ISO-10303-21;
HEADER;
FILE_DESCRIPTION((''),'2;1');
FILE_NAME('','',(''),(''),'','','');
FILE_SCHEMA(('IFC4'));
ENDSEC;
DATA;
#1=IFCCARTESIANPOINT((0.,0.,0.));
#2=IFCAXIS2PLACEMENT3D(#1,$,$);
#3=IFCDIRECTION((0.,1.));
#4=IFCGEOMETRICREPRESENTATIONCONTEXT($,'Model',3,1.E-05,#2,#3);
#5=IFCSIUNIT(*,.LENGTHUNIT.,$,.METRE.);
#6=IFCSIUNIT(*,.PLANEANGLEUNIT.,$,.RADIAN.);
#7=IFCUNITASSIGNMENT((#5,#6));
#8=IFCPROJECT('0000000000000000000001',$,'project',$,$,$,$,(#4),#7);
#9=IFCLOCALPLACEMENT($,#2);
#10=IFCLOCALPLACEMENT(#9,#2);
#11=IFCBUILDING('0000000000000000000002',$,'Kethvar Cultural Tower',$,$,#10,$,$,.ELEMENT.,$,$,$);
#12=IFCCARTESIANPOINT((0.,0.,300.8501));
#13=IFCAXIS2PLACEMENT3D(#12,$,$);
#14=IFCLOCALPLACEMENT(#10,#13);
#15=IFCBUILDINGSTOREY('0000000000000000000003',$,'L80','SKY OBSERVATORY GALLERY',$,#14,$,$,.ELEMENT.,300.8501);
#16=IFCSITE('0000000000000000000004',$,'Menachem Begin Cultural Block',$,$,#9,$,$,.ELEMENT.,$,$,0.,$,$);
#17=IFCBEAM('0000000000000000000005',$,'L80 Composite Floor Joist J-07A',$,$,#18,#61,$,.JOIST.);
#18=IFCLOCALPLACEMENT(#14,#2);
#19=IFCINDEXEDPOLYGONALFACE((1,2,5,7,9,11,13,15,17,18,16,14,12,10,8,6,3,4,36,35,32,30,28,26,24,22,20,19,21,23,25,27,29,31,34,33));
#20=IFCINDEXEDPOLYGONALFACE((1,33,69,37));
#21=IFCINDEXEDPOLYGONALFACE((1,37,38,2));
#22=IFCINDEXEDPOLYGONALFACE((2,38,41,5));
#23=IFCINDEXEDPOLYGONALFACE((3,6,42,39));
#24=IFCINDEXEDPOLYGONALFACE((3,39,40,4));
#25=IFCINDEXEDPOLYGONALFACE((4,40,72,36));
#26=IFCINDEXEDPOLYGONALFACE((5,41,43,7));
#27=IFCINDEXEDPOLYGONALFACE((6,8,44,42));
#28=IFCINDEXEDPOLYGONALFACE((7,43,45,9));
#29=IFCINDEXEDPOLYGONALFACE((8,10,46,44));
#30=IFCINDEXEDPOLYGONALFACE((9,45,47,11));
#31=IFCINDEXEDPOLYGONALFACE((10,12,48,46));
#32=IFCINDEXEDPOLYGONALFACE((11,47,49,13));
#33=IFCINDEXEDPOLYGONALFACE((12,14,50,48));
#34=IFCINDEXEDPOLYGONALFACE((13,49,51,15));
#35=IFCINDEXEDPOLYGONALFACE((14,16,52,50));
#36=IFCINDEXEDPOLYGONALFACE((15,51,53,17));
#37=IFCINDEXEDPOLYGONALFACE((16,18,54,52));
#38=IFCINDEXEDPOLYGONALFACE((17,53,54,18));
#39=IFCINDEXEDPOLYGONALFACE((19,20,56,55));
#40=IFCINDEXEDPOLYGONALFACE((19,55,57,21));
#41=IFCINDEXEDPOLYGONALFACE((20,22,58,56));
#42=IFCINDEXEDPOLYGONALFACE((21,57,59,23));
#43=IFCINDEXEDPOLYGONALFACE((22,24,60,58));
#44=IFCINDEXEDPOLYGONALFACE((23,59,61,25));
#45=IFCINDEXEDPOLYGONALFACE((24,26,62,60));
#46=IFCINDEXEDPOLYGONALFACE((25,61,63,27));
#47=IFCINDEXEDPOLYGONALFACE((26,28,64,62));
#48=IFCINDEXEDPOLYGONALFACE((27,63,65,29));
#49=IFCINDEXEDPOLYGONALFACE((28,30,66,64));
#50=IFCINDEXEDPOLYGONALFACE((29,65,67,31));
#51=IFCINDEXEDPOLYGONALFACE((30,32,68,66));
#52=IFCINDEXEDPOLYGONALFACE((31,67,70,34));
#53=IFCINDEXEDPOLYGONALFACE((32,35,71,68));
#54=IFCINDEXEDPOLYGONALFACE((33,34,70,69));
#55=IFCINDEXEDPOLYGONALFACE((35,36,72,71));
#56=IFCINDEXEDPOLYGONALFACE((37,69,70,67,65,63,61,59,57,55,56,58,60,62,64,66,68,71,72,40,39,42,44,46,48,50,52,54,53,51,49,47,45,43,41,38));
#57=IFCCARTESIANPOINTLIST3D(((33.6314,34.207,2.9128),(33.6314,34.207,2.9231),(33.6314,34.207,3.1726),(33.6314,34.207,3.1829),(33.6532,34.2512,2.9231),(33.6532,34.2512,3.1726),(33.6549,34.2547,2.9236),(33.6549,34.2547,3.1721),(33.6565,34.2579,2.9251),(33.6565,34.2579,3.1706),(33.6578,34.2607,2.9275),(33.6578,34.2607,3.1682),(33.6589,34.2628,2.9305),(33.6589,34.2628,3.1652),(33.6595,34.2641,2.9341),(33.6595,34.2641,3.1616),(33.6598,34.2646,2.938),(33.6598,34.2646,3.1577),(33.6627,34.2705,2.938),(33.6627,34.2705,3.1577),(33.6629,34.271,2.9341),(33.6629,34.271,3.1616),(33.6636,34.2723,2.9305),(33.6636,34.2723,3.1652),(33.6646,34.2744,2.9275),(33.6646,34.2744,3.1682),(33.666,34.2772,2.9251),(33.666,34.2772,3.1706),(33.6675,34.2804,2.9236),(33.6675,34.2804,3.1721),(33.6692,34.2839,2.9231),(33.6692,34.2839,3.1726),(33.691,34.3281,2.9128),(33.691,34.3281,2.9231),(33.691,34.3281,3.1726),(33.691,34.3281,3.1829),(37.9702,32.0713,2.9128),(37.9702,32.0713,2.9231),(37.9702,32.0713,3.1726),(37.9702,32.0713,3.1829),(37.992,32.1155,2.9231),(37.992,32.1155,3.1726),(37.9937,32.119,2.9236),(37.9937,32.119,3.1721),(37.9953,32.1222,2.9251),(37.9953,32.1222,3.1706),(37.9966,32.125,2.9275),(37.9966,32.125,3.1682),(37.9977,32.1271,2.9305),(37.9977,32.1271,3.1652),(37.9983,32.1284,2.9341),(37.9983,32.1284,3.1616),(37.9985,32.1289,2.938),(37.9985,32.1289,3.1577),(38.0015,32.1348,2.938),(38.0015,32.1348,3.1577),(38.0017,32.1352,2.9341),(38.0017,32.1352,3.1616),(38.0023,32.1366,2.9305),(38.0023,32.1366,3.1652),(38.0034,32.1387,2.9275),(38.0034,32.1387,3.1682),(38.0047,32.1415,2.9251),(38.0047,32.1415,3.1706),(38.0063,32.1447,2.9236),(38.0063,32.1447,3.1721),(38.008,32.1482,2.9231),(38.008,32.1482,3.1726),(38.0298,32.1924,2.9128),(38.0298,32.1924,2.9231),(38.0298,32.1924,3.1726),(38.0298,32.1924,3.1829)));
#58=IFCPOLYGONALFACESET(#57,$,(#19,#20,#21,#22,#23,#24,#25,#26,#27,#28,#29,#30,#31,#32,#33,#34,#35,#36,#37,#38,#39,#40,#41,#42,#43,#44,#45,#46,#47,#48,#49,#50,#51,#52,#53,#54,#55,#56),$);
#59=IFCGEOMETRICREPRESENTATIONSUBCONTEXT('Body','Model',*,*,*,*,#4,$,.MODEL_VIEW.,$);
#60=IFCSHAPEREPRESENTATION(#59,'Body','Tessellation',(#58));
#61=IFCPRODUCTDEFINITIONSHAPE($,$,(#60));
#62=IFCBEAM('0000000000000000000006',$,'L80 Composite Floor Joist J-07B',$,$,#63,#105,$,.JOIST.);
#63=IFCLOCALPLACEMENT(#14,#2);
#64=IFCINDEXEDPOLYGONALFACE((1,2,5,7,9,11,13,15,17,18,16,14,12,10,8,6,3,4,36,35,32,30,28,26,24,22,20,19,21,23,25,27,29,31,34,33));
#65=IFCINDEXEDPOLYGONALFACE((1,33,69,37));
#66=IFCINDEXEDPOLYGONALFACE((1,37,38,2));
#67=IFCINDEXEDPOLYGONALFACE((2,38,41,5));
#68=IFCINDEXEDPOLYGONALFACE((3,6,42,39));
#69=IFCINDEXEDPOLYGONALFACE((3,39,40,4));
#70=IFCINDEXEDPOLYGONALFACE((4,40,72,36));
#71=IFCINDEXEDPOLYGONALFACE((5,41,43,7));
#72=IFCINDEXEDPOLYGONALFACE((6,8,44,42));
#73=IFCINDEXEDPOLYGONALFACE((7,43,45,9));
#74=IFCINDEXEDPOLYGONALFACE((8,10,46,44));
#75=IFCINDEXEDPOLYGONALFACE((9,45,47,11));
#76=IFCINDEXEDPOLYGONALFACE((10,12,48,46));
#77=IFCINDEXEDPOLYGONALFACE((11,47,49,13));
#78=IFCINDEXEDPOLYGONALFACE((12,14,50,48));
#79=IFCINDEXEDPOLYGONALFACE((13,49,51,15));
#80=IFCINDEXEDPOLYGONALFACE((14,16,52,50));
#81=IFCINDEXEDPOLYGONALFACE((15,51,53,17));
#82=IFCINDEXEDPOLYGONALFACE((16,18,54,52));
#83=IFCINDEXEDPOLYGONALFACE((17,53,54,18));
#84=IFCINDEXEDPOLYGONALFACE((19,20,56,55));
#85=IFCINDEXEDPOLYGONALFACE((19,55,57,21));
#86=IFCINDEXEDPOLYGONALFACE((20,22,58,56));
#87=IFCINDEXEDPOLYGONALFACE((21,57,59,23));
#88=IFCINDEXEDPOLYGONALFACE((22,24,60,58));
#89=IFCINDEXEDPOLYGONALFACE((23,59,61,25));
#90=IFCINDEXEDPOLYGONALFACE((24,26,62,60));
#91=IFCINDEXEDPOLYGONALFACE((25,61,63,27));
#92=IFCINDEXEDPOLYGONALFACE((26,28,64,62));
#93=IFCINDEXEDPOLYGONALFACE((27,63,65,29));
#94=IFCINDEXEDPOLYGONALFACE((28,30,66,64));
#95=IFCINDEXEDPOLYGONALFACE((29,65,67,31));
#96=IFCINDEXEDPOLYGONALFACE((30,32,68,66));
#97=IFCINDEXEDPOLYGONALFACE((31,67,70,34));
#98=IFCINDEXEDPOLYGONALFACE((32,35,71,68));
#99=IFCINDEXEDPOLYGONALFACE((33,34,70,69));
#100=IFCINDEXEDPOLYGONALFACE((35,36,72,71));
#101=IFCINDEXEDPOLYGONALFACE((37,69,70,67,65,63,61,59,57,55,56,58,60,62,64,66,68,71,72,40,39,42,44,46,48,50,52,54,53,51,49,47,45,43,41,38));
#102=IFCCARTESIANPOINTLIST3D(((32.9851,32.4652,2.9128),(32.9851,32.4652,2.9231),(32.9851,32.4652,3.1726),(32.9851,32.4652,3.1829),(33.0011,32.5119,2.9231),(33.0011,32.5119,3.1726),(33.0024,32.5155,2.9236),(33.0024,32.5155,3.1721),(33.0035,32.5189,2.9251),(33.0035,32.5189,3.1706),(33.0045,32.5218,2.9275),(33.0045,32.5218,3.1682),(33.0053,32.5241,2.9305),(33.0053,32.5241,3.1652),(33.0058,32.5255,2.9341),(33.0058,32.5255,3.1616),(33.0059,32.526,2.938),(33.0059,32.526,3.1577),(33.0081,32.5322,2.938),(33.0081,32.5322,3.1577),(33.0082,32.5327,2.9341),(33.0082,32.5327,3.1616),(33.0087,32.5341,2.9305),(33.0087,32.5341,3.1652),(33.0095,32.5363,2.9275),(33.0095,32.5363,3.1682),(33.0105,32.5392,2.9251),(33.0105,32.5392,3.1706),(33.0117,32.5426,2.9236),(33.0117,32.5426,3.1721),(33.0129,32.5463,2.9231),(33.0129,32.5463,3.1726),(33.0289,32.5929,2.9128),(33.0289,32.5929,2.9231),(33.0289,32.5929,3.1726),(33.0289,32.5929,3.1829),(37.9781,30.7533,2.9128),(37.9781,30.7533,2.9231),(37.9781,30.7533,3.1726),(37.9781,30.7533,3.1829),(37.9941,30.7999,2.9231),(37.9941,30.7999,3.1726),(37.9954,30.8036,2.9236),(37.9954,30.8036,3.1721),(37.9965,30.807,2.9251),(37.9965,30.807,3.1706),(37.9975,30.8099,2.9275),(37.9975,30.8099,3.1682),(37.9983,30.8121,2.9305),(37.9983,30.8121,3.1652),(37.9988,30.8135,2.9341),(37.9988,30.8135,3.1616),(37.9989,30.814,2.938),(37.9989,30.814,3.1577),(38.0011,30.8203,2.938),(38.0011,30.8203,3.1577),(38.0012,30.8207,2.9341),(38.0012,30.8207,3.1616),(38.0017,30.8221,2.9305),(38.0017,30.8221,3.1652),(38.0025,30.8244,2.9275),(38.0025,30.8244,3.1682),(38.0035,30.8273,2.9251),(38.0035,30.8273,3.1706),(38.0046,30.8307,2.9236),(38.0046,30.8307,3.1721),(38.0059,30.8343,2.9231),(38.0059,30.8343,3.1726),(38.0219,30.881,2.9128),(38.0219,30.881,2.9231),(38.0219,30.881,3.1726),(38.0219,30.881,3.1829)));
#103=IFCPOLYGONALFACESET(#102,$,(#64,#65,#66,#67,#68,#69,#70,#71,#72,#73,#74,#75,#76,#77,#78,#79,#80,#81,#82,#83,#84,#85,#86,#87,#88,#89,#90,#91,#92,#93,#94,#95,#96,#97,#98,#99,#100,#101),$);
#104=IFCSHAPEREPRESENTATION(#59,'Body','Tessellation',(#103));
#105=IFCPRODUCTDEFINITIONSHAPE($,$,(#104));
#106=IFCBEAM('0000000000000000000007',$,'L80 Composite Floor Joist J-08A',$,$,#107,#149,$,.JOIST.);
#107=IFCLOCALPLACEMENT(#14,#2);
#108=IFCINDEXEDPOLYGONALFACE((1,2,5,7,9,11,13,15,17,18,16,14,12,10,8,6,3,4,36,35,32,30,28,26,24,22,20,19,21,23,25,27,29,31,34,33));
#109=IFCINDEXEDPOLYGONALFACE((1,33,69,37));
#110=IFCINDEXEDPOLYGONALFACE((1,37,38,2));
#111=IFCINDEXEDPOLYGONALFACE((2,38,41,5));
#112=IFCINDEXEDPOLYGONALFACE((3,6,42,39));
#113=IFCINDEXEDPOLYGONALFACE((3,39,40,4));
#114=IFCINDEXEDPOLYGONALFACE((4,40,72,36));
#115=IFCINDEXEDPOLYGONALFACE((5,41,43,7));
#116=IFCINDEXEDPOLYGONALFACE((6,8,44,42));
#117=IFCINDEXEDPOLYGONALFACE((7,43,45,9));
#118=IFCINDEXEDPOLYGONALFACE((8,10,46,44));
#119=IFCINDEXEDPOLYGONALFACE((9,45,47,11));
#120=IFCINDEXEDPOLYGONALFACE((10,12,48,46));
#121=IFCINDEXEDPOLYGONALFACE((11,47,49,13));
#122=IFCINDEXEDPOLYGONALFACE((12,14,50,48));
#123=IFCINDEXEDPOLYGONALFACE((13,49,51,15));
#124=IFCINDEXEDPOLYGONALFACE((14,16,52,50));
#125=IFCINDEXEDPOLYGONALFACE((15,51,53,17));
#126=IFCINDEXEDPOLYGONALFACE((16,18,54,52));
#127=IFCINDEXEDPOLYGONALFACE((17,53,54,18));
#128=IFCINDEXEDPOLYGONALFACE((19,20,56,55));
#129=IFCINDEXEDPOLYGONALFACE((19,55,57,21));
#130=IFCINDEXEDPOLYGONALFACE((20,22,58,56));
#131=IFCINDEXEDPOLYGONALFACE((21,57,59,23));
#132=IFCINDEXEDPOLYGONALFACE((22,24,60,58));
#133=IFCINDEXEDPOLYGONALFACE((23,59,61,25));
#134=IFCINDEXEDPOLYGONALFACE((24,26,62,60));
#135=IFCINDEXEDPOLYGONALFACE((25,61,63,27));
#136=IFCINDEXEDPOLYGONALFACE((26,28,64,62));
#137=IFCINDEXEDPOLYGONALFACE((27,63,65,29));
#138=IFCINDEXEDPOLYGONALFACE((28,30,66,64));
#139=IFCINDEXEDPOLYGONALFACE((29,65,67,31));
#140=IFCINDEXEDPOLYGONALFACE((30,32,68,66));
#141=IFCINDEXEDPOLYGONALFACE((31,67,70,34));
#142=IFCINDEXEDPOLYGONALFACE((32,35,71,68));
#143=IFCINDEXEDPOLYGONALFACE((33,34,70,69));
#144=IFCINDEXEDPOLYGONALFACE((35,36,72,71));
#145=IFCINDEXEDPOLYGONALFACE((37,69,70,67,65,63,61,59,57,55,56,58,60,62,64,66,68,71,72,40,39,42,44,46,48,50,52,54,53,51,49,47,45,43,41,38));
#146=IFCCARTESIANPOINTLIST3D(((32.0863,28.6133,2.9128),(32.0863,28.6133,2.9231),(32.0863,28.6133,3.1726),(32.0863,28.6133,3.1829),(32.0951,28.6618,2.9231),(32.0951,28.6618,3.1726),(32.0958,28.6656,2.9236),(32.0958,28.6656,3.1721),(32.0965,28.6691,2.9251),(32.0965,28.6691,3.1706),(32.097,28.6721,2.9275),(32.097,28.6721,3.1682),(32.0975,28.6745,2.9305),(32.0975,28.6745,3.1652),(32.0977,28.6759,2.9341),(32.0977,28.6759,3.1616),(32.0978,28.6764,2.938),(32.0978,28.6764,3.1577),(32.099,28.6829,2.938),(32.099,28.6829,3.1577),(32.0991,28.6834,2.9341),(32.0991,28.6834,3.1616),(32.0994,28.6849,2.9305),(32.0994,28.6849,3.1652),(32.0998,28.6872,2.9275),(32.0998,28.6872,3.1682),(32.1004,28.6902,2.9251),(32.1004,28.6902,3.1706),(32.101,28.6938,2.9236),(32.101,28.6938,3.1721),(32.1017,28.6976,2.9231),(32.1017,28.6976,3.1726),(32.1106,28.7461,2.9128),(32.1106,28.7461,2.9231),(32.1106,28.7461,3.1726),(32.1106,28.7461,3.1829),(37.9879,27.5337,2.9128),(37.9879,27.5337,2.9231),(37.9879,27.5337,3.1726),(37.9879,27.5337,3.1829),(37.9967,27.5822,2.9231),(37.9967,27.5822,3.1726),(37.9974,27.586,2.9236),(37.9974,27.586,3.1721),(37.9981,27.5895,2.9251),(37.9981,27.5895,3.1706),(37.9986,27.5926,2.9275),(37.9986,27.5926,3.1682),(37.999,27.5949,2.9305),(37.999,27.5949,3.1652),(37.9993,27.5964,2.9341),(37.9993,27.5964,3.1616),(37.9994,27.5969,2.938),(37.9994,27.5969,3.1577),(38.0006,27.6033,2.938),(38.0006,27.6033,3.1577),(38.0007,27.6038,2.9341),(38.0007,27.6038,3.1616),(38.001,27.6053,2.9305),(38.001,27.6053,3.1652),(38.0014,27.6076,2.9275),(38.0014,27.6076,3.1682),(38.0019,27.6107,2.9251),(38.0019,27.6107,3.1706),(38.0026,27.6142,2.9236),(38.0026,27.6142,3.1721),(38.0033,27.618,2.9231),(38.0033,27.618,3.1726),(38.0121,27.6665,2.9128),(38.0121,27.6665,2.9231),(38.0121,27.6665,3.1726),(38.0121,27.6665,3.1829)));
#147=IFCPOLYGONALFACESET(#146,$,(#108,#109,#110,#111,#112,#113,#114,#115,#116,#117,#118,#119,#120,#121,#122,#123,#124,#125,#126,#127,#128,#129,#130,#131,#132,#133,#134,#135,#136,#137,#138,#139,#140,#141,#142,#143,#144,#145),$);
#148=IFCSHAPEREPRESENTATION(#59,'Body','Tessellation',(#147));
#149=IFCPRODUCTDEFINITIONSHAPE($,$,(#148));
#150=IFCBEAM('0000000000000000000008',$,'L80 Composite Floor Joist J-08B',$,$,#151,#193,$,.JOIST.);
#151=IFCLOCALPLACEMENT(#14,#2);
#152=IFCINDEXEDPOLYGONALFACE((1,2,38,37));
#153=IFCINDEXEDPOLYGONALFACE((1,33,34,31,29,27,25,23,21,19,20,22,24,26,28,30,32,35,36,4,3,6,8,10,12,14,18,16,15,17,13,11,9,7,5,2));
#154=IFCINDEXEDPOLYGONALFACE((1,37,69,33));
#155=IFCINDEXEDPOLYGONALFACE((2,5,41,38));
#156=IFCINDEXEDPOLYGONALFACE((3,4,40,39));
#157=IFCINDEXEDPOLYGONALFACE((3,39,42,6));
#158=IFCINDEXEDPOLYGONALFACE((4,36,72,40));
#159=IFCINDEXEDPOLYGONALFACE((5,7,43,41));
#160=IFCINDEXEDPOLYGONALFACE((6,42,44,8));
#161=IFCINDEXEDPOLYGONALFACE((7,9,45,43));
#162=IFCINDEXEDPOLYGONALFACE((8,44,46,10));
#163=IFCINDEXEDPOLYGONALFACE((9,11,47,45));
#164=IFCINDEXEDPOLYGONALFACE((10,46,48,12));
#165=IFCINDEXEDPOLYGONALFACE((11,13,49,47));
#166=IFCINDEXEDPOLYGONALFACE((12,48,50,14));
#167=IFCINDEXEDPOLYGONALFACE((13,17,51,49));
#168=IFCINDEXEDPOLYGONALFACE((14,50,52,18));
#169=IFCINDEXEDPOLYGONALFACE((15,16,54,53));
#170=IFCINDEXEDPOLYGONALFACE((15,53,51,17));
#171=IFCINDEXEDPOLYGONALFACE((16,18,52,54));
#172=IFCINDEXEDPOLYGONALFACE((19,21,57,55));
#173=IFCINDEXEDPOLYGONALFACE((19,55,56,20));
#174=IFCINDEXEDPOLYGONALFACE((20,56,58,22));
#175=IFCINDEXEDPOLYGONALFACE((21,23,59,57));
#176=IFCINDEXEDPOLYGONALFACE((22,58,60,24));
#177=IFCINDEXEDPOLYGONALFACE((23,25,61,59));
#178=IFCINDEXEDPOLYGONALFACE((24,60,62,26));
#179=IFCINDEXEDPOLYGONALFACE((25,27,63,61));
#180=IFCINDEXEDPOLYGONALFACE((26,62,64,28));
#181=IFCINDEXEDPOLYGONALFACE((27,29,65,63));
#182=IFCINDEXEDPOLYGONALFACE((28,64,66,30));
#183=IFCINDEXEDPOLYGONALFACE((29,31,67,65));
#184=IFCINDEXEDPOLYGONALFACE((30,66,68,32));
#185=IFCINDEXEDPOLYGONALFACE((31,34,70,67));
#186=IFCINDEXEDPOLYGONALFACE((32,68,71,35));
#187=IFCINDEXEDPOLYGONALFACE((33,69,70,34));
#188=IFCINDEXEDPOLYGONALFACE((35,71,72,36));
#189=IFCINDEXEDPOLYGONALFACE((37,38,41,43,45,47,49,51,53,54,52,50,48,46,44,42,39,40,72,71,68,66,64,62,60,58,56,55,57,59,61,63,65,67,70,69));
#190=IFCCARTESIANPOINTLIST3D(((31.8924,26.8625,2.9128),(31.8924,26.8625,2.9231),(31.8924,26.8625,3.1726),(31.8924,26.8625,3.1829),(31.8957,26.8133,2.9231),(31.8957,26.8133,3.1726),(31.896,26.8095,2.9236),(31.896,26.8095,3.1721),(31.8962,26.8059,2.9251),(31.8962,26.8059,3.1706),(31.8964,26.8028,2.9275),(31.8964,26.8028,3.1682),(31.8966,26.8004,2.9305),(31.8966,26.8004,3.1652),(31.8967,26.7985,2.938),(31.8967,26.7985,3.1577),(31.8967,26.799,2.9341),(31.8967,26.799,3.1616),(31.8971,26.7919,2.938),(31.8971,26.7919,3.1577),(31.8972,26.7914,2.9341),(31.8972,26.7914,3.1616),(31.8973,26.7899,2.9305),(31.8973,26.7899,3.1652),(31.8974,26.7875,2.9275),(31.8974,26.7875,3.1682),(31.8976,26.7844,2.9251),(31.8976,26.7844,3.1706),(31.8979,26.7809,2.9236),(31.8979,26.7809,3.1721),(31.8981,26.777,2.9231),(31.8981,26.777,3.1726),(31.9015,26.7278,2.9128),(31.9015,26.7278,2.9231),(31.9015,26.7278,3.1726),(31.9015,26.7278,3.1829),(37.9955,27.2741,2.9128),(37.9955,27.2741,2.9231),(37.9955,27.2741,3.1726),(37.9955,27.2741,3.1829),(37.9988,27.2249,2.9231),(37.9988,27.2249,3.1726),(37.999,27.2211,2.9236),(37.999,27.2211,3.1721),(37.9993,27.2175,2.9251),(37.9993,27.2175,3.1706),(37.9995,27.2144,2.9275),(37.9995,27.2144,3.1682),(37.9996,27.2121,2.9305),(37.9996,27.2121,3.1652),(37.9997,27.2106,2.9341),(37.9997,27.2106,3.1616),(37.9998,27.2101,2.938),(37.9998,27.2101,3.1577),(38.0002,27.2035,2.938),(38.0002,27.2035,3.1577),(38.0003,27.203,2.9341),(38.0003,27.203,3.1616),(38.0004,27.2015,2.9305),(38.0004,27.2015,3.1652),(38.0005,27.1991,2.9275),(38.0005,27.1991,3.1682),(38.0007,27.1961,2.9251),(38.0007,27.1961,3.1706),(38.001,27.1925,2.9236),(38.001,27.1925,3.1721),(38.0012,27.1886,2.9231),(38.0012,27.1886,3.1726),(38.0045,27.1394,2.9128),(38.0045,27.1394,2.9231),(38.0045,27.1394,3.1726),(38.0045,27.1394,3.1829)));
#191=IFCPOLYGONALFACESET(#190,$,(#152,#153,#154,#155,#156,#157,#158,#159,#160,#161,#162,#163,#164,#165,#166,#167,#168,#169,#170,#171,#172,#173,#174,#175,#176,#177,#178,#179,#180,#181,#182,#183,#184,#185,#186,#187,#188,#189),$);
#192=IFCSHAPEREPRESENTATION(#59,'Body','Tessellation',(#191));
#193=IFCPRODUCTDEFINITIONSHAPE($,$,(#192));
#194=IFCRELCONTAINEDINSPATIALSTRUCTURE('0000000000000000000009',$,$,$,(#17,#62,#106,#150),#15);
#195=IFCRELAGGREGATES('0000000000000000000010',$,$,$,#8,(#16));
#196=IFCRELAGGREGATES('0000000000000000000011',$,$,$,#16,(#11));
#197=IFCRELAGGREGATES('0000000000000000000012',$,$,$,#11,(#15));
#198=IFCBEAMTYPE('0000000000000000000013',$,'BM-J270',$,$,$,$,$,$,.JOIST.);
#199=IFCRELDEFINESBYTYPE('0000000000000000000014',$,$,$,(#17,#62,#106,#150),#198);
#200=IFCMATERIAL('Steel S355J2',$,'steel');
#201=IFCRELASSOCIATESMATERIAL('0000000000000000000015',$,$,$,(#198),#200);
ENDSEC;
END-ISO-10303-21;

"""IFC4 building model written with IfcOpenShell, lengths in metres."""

from ifc_helpers import new_model, si_unit, direction, frame, origin, origin_2d, place, context, subcontext, project, spatial, i_section, extrude, source, transform, mapped, material, material_profile, profile_set, type_object, element, save


model = new_model("IFC4")

# Units and contexts
model_context = context("Model", 3, precision=1e-05, world=origin(), true_north=direction((0.0, 1.0)))
body_context = subcontext(model_context, "Body", "Model", "MODEL_VIEW")
ifc_project = project(units=[si_unit("LENGTHUNIT", "METRE"), si_unit("PLANEANGLEUNIT", "RADIAN")], contexts=[model_context])

# Site, building, storey
site_placement = place(None, origin())
site = spatial("IfcSite", under=ifc_project, at=site_placement, Name="Menachem Begin Cultural Block", CompositionType="ELEMENT", RefElevation=0.0)
building_placement = place(site_placement, origin())
building = spatial("IfcBuilding", under=site, at=building_placement, Name="Kethvar Cultural Tower", CompositionType="ELEMENT")
storey_placement = place(building_placement, frame((0.0, 0.0, 300.8501)))
storey = spatial("IfcBuildingStorey", under=building, at=storey_placement, Name="L80", Description="SKY OBSERVATORY GALLERY", CompositionType="ELEMENT", Elevation=300.8501)

# Beams
ifc_material_1 = material(Name="Steel S355J2", Category="steel")
ifc_material_profile_1 = material_profile(ifc_material_1, i_section(OverallWidth=0.135, OverallDepth=0.27, WebThickness=0.0066, FlangeThickness=0.0103, FilletRadius=0.0149, at=origin_2d()), Name="Steel S355J2 — IPE270")
ifc_profile_set_1 = profile_set([ifc_material_profile_1], Name="Steel S355J2 — IPE270")
beam_type_1 = type_object("IfcBeamType", Name="BM-J270", PredefinedType="JOIST", material=ifc_profile_set_1)
shared_shape_1 = source(origin(), body_context, "Body", "SweptSolid", [
    extrude(i_section(OverallWidth=0.135, OverallDepth=0.27, WebThickness=0.0066, FlangeThickness=0.0103, FilletRadius=0.0149, at=origin_2d()), origin(), (0.0, 0.0, 1.0), 4.8359),
])
beam_1_placement = place(storey_placement, frame((38.0, 32.1318, 3.0479), z_axis=(-0.897197, 0.441632, 0.0), x_axis=(-0.441632, -0.897197, 0.0)))
element("IfcBeam", 1, at=beam_1_placement, inside=storey, type_object=beam_type_1, Name="L80 Composite Floor Joist J-07A", PredefinedType="JOIST", context=body_context, shape_type="MappedRepresentation", body=[
    mapped(shared_shape_1, transform((0.0, 0.0, 0.0), scale=1.0)),
])
shared_shape_2 = source(origin(), body_context, "Body", "SweptSolid", [
    extrude(i_section(OverallWidth=0.135, OverallDepth=0.27, WebThickness=0.0066, FlangeThickness=0.0103, FilletRadius=0.0149, at=origin_2d()), origin(), (0.0, 0.0, 1.0), 5.2783),
])
beam_2_placement = place(storey_placement, frame((38.0, 30.8171, 3.0479), z_axis=(-0.945943, 0.324334, 0.0), x_axis=(-0.324334, -0.945943, 0.0)))
element("IfcBeam", 2, at=beam_2_placement, inside=storey, type_object=beam_type_1, Name="L80 Composite Floor Joist J-07B", PredefinedType="JOIST", context=body_context, shape_type="MappedRepresentation", body=[
    mapped(shared_shape_2, transform((0.0, 0.0, 0.0), scale=1.0)),
])
shared_shape_3 = source(origin(), body_context, "Body", "SweptSolid", [
    extrude(i_section(OverallWidth=0.135, OverallDepth=0.27, WebThickness=0.0066, FlangeThickness=0.0103, FilletRadius=0.0149, at=origin_2d()), origin(), (0.0, 0.0, 1.0), 5.9995),
])
beam_3_placement = place(storey_placement, frame((38.0, 27.6001, 3.0479), z_axis=(-0.983677, 0.179945, 0.0), x_axis=(-0.179945, -0.983677, 0.0)))
element("IfcBeam", 3, at=beam_3_placement, inside=storey, type_object=beam_type_1, Name="L80 Composite Floor Joist J-08A", PredefinedType="JOIST", context=body_context, shape_type="MappedRepresentation", body=[
    mapped(shared_shape_3, transform((0.0, 0.0, 0.0), scale=1.0)),
])
shared_shape_4 = source(origin(), body_context, "Body", "SweptSolid", [
    extrude(i_section(OverallWidth=0.135, OverallDepth=0.27, WebThickness=0.0066, FlangeThickness=0.0103, FilletRadius=0.0149, at=origin_2d()), origin(), (0.0, 0.0, 1.0), 6.1169),
])
beam_4_placement = place(storey_placement, frame((38.0, 27.2068, 3.0479), z_axis=(-0.997733, -0.067293, 0.0), x_axis=(0.067293, -0.997733, 0.0)))
element("IfcBeam", 4, at=beam_4_placement, inside=storey, type_object=beam_type_1, Name="L80 Composite Floor Joist J-08B", PredefinedType="JOIST", context=body_context, shape_type="MappedRepresentation", body=[
    mapped(shared_shape_4, transform((0.0, 0.0, 0.0), scale=1.0)),
])

save(model, "model.ifc")
